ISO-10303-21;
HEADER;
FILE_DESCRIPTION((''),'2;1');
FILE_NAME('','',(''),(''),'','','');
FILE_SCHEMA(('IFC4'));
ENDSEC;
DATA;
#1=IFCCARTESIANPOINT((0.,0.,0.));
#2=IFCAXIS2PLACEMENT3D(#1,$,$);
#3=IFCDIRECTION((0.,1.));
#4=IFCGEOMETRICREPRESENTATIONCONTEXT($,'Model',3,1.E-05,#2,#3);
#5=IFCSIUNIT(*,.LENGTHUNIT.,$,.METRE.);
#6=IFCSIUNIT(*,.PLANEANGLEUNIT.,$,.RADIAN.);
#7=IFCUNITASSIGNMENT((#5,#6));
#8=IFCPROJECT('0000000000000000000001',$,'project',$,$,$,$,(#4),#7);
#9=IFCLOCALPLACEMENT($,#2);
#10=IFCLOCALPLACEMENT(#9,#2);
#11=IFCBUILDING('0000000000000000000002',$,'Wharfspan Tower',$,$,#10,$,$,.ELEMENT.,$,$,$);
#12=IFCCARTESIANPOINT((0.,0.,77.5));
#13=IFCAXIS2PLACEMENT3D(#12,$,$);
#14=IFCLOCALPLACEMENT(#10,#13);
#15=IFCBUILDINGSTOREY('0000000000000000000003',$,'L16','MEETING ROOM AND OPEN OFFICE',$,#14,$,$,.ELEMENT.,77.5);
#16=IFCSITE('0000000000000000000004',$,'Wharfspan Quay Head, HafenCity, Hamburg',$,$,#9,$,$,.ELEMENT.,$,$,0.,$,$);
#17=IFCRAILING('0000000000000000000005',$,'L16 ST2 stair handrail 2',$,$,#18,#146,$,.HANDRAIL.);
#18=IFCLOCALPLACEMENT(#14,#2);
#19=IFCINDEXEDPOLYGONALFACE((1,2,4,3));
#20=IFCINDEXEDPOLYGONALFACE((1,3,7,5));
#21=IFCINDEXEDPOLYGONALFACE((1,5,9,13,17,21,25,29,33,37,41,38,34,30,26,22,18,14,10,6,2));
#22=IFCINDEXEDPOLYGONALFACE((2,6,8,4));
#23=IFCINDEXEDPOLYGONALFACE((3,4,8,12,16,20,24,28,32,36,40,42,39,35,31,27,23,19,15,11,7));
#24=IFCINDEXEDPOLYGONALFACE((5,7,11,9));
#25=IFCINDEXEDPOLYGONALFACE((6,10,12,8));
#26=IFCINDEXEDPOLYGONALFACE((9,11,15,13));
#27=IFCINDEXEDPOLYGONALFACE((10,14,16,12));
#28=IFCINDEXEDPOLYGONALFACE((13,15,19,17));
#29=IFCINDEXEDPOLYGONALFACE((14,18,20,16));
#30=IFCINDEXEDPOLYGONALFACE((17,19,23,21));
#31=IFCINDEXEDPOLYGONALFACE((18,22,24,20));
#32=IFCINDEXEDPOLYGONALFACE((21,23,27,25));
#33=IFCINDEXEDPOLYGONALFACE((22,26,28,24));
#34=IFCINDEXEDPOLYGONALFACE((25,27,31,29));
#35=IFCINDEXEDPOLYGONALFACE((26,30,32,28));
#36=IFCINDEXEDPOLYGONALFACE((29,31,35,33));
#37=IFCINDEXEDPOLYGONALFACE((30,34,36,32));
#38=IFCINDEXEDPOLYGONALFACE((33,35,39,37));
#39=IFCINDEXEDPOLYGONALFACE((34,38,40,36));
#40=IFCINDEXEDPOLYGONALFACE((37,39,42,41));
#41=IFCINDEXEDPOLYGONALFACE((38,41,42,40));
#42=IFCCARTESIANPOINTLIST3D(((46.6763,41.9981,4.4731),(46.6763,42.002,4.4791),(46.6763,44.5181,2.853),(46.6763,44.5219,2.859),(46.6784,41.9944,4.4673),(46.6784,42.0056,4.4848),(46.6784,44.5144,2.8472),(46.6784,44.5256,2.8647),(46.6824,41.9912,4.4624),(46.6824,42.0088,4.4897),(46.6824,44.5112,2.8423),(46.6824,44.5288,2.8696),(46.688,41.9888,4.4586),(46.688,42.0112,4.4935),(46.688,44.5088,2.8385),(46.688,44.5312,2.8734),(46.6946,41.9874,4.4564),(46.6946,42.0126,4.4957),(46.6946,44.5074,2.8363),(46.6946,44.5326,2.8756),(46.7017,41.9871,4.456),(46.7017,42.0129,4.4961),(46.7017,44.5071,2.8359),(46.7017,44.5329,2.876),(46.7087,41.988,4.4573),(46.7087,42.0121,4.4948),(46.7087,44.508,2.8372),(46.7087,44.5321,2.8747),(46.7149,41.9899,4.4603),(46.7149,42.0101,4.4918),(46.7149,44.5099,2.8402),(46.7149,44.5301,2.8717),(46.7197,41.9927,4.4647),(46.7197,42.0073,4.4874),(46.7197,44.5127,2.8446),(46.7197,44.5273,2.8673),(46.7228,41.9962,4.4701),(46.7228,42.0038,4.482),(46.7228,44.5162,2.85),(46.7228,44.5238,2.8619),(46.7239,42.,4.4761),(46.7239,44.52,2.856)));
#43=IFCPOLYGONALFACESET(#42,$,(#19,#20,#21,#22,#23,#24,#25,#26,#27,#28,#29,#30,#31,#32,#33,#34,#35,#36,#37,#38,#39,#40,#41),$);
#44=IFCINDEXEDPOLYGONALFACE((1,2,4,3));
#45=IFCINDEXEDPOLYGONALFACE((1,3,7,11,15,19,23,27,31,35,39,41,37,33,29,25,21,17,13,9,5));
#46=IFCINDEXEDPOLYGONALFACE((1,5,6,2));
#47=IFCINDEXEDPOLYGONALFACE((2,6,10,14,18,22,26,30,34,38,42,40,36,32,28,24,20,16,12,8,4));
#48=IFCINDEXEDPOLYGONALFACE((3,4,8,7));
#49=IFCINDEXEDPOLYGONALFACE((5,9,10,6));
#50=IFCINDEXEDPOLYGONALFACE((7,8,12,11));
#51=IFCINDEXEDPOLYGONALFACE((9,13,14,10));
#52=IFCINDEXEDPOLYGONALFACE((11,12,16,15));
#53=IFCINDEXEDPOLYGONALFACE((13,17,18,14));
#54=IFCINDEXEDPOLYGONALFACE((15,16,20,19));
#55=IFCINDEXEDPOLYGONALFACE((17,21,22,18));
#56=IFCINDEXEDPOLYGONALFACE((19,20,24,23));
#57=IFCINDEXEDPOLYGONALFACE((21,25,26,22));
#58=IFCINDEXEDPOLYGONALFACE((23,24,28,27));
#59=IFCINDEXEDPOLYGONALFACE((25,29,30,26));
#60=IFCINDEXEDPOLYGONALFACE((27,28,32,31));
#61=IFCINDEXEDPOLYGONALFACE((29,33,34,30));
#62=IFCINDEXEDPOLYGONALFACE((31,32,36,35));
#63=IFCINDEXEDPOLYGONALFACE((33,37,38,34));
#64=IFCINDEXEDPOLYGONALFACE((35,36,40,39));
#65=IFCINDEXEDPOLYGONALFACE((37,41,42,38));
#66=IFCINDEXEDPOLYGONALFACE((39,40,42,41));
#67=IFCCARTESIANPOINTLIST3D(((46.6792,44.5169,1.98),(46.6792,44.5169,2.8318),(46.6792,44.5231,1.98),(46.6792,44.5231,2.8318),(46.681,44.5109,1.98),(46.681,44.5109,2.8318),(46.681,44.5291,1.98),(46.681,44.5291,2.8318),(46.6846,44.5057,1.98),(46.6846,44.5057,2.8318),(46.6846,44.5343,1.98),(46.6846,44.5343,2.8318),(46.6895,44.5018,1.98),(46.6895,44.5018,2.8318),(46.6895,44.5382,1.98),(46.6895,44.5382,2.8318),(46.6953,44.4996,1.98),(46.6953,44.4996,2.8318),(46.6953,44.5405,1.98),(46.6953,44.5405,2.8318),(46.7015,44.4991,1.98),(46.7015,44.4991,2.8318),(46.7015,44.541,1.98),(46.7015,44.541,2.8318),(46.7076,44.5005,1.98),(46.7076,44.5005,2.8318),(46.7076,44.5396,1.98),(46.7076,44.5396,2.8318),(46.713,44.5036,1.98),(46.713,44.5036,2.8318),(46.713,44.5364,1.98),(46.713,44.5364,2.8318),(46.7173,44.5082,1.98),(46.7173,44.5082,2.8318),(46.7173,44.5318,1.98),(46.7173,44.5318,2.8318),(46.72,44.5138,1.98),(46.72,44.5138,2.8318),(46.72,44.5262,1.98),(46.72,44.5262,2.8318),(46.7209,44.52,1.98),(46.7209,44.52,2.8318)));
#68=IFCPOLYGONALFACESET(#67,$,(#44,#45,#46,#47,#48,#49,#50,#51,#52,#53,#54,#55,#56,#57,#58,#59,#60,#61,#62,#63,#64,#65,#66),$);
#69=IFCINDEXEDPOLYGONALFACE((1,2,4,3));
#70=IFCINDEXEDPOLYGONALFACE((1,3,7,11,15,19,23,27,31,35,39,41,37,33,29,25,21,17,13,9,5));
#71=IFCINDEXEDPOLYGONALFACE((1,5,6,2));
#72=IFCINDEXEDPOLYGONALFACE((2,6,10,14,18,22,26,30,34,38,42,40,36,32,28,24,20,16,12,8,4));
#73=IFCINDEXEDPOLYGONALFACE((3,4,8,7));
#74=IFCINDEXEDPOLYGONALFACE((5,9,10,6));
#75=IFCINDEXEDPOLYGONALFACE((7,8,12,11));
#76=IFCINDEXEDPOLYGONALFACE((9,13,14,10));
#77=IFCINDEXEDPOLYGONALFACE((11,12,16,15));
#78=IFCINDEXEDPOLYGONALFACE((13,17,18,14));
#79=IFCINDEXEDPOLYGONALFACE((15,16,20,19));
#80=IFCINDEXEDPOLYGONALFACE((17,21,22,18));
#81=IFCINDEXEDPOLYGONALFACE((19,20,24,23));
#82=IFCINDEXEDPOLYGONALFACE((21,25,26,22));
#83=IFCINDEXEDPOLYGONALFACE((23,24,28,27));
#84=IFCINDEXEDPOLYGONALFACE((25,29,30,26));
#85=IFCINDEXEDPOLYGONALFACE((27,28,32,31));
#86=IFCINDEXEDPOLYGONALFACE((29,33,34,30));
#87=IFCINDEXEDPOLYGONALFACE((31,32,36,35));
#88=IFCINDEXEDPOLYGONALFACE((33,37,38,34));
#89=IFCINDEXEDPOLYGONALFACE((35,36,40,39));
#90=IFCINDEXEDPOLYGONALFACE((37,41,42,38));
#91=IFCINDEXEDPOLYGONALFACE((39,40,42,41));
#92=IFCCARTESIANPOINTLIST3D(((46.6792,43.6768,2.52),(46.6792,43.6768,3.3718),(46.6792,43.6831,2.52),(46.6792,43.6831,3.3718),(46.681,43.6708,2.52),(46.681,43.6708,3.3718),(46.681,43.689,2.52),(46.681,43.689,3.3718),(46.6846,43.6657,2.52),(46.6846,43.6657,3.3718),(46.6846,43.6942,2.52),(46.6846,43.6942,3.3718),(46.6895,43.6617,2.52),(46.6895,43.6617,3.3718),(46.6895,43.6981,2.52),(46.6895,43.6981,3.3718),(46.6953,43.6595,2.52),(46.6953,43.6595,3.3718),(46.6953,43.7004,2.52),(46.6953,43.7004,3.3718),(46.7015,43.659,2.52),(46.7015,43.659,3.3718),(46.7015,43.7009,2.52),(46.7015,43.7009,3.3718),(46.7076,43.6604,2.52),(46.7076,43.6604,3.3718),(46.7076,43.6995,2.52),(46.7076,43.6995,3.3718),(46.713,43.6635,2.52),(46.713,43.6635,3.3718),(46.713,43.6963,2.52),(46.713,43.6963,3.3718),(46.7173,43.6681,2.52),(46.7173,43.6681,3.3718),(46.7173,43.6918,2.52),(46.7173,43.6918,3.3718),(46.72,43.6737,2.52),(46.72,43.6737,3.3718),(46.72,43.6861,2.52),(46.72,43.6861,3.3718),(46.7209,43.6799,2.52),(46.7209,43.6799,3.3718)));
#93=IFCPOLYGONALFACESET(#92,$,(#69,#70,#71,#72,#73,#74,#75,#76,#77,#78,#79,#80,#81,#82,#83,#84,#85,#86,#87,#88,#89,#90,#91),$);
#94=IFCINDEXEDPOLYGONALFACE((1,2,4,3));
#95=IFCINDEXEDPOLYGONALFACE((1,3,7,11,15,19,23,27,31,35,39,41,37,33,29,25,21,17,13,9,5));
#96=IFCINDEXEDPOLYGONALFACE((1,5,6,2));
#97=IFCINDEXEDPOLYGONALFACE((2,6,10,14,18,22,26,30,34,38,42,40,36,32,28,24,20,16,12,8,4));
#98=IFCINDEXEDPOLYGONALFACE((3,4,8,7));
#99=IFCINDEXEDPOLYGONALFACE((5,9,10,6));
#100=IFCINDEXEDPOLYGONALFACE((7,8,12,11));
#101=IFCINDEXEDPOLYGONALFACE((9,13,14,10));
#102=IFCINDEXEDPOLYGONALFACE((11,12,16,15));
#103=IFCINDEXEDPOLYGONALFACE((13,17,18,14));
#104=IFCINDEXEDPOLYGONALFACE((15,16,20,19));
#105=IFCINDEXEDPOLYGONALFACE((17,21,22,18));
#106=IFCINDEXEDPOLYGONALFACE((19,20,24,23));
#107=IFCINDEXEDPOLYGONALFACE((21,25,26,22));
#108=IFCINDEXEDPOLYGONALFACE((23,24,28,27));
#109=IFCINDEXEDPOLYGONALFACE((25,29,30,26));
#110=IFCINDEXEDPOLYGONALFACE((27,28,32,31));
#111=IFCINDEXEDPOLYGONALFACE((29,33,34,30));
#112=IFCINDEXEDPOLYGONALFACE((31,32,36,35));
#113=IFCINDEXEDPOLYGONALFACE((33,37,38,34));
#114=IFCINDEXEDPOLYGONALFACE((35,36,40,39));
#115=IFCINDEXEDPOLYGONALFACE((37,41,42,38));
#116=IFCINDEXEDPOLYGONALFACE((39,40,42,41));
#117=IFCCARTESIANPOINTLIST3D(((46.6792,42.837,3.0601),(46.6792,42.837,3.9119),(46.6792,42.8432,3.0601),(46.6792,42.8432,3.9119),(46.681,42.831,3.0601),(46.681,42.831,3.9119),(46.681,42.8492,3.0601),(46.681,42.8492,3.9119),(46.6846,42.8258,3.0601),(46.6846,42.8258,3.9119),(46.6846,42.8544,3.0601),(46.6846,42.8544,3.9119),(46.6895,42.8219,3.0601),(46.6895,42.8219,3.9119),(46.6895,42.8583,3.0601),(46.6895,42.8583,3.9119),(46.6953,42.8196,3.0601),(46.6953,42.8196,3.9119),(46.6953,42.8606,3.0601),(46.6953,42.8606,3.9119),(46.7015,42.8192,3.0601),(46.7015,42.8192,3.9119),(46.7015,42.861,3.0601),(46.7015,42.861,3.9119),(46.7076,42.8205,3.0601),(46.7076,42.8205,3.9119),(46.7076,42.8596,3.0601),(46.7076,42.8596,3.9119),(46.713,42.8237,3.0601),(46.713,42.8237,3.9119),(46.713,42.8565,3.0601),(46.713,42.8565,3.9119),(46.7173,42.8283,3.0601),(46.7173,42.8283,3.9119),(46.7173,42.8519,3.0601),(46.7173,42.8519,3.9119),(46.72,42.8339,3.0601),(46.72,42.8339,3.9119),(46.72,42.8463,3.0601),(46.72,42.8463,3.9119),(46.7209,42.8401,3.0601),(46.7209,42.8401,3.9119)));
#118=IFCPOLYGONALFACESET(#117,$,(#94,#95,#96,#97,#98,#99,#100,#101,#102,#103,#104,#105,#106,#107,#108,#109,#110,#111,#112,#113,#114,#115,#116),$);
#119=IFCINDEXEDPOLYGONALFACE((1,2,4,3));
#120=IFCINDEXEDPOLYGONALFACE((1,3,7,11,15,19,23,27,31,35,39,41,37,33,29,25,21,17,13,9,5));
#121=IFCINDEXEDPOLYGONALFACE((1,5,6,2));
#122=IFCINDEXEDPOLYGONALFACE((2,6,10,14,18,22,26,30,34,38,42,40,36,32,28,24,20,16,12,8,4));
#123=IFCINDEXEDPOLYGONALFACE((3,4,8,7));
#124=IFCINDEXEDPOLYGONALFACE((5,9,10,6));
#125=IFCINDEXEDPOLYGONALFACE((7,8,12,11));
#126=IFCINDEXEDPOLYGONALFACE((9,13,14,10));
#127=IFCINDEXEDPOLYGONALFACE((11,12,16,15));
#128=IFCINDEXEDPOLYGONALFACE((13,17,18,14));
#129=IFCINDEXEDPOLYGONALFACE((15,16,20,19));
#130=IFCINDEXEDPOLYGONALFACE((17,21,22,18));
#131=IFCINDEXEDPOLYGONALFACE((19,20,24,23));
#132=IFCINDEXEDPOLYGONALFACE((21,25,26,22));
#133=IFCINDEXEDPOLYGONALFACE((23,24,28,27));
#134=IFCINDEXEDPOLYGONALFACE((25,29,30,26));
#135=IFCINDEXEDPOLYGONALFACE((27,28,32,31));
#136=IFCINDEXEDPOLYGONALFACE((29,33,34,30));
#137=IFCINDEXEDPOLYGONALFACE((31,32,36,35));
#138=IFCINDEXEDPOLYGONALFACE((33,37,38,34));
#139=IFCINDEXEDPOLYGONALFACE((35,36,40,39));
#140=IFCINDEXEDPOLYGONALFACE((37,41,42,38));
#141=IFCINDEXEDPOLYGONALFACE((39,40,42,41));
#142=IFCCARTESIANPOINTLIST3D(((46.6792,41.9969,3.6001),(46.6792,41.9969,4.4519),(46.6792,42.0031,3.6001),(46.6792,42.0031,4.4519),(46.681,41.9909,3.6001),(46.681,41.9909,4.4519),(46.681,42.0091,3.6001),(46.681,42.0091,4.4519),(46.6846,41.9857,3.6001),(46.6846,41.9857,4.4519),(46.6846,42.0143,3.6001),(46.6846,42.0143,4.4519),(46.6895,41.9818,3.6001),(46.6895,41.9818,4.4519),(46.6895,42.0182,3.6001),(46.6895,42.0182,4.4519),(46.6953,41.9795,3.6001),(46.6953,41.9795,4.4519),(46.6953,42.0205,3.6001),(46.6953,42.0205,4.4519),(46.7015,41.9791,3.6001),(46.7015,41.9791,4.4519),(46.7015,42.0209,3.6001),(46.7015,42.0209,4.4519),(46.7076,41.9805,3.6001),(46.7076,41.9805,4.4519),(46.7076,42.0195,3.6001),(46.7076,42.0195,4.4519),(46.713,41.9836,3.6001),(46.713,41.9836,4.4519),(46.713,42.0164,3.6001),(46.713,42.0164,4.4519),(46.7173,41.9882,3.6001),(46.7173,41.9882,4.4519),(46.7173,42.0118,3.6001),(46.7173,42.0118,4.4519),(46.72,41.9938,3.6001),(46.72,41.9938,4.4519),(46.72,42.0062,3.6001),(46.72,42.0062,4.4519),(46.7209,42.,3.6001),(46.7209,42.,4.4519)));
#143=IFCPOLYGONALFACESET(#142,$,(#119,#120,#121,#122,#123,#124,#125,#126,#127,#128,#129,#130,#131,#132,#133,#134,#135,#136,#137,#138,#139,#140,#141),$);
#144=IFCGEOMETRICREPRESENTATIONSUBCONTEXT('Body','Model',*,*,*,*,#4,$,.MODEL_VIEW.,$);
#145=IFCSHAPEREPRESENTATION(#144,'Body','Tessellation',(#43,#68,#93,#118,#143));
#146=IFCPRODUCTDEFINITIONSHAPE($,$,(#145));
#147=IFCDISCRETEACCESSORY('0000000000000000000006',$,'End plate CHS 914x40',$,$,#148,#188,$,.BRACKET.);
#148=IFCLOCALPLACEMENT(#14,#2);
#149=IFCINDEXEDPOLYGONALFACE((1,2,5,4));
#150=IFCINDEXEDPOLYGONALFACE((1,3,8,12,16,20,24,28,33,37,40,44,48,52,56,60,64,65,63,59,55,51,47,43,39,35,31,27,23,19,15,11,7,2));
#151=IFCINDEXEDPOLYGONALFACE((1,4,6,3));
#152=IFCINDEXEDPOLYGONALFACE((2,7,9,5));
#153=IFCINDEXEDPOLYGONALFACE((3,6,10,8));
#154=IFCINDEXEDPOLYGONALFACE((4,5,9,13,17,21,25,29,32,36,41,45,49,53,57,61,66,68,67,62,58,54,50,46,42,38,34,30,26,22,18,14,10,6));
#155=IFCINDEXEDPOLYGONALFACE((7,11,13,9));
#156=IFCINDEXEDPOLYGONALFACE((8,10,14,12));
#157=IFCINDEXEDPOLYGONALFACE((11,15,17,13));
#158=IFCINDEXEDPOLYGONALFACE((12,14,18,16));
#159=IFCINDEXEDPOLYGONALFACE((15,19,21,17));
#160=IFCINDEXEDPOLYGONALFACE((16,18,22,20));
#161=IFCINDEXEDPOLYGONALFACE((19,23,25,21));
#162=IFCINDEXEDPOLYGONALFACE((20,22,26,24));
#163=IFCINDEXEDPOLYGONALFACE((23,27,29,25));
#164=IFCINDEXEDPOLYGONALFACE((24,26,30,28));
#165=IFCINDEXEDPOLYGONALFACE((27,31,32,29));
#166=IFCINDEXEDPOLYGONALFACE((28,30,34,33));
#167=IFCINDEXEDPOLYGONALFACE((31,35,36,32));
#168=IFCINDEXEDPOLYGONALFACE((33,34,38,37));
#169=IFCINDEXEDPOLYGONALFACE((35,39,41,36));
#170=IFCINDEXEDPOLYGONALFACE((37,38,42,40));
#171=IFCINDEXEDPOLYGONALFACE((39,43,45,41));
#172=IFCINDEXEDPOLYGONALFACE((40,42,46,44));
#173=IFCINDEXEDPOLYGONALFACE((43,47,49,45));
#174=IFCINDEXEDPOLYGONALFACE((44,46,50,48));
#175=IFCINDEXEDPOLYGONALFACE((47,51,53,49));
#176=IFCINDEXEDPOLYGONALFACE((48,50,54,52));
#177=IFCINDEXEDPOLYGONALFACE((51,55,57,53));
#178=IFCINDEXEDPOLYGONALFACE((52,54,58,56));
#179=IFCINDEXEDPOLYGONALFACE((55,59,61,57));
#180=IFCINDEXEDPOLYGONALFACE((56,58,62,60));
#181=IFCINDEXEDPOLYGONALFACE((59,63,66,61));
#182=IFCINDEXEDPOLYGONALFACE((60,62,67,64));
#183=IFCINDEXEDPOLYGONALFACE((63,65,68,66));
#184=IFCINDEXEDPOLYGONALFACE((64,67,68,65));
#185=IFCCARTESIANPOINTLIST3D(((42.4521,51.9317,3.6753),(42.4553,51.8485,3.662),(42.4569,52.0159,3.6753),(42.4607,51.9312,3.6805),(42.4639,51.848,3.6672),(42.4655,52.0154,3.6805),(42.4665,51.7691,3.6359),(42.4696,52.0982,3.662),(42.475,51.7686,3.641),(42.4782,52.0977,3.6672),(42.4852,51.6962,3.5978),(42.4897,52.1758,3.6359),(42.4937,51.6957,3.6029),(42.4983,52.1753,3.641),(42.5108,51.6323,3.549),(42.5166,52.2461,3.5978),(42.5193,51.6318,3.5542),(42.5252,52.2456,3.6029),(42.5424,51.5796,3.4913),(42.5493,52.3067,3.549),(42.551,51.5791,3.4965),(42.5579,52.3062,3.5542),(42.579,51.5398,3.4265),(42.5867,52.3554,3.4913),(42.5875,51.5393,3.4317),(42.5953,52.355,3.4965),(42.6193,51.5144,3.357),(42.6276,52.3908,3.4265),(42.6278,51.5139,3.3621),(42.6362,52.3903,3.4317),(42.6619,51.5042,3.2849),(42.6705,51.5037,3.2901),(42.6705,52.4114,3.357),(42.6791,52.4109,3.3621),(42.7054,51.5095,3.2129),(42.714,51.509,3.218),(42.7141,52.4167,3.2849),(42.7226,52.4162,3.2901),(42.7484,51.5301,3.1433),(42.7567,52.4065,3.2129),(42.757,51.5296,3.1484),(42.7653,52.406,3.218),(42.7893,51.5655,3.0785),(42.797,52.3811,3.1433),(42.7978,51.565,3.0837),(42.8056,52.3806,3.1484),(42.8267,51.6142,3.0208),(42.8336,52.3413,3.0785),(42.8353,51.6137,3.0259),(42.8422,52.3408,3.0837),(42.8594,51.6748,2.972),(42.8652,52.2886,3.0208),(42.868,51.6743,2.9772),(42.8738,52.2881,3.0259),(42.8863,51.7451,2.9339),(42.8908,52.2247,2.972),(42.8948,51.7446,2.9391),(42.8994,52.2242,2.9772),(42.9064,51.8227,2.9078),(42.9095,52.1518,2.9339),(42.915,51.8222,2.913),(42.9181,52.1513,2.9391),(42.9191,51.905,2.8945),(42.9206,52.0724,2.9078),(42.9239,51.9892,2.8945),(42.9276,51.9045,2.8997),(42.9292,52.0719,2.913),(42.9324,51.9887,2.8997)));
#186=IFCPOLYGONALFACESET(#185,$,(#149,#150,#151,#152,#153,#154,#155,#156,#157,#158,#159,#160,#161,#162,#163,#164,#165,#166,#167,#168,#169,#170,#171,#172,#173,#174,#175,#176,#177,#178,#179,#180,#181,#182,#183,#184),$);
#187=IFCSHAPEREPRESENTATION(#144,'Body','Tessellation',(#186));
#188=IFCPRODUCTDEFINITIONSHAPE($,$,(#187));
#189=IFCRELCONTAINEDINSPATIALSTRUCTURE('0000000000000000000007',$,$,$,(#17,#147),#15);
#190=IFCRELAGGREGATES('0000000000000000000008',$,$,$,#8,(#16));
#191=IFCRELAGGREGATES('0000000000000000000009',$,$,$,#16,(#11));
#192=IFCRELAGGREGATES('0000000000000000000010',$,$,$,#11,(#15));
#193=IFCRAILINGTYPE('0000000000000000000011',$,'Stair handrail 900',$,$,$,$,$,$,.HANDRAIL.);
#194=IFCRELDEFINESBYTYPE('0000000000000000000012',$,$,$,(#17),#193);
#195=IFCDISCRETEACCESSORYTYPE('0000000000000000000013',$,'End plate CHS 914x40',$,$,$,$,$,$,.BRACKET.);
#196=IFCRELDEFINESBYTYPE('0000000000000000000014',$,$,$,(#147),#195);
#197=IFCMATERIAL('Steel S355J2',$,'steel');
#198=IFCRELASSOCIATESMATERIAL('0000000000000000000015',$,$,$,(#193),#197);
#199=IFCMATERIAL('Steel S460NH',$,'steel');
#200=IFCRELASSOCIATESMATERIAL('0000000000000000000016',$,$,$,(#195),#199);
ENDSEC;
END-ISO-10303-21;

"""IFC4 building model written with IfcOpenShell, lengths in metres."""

from ifc_helpers import new_model, si_unit, direction, frame, origin, origin_2d, place, context, subcontext, project, spatial, circle, extrude, material, material_profile, profile_set, type_object, element, save


model = new_model("IFC4")

# Units and contexts
model_context = context("Model", 3, precision=1e-05, world=origin(), true_north=direction((0.0, 1.0)))
body_context = subcontext(model_context, "Body", "Model", "MODEL_VIEW")
ifc_project = project(units=[si_unit("LENGTHUNIT", "METRE"), si_unit("PLANEANGLEUNIT", "RADIAN")], contexts=[model_context])

# Site, building, storey
site_placement = place(None, origin())
site = spatial("IfcSite", under=ifc_project, at=site_placement, Name="Wharfspan Quay Head, HafenCity, Hamburg", CompositionType="ELEMENT", RefElevation=0.0)
building_placement = place(site_placement, origin())
building = spatial("IfcBuilding", under=site, at=building_placement, Name="Wharfspan Tower", CompositionType="ELEMENT")
storey_placement = place(building_placement, frame((0.0, 0.0, 77.5)))
storey = spatial("IfcBuildingStorey", under=building, at=storey_placement, Name="L16", Description="MEETING ROOM AND OPEN OFFICE", CompositionType="ELEMENT", Elevation=77.5)

# Shared definitions
ifc_material_1 = material(Name="Steel S355J2", Category="steel")

# Shared definitions
ifc_material_2 = material(Name="Steel S460NH", Category="steel")

# Railing
railing_type_1 = type_object("IfcRailingType", Name="Stair handrail 900", PredefinedType="HANDRAIL", material=ifc_material_1)
railing_1_placement = place(storey_placement, frame((46.7, 44.52, 1.98)))
element("IfcRailing", 1, at=railing_1_placement, inside=storey, type_object=railing_type_1, Name="L16 ST2 stair handrail 2", PredefinedType="HANDRAIL", context=body_context, shape_type="SweptSolid", body=[
    extrude(circle(Radius=0.0239, at=origin_2d()), frame((0.0, 0.0, 0.876), z_axis=(0.0, -0.841163, 0.540782), x_axis=(1.0, 0.0, 0.0)), (0.0, 0.0, 1.0), 2.9958),
    extrude(circle(Radius=0.021, at=origin_2d()), origin(), (0.0, 0.0, 1.0), 0.8518),
    extrude(circle(Radius=0.021, at=origin_2d()), frame((0.0, -0.8401, 0.54)), (0.0, 0.0, 1.0), 0.8518),
    extrude(circle(Radius=0.021, at=origin_2d()), frame((0.0, -1.6799, 1.0801)), (0.0, 0.0, 1.0), 0.8518),
    extrude(circle(Radius=0.021, at=origin_2d()), frame((0.0, -2.52, 1.6201)), (0.0, 0.0, 1.0), 0.8518),
])

# Discrete accessory
ifc_material_profile_1 = material_profile(ifc_material_2, circle(Radius=0.457, at=origin_2d()))
ifc_profile_set_1 = profile_set([ifc_material_profile_1], Name="Steel S460NH")
discrete_accessory_type = type_object("IfcDiscreteAccessoryType", Name="End plate CHS 914x40", PredefinedType="BRACKET", material=ifc_profile_set_1)
for number, where, z_axis, x_axis, name in (
    (2, (42.688, 51.9604, 3.2849), (0.856465, -0.048941, 0.513879), (0.05705, 0.998372, 0.0), "End plate CHS 914x40"),
):
    element("IfcDiscreteAccessory", number, at=place(storey_placement, frame(where, z_axis=z_axis, x_axis=x_axis)), inside=storey, type_object=discrete_accessory_type, Name=name, PredefinedType="BRACKET", context=body_context, shape_type="SweptSolid", body=[
        extrude(circle(Radius=0.457, at=origin_2d()), origin(), (0.0, 0.0, 1.0), 0.01),
    ])

save(model, "model.ifc")
